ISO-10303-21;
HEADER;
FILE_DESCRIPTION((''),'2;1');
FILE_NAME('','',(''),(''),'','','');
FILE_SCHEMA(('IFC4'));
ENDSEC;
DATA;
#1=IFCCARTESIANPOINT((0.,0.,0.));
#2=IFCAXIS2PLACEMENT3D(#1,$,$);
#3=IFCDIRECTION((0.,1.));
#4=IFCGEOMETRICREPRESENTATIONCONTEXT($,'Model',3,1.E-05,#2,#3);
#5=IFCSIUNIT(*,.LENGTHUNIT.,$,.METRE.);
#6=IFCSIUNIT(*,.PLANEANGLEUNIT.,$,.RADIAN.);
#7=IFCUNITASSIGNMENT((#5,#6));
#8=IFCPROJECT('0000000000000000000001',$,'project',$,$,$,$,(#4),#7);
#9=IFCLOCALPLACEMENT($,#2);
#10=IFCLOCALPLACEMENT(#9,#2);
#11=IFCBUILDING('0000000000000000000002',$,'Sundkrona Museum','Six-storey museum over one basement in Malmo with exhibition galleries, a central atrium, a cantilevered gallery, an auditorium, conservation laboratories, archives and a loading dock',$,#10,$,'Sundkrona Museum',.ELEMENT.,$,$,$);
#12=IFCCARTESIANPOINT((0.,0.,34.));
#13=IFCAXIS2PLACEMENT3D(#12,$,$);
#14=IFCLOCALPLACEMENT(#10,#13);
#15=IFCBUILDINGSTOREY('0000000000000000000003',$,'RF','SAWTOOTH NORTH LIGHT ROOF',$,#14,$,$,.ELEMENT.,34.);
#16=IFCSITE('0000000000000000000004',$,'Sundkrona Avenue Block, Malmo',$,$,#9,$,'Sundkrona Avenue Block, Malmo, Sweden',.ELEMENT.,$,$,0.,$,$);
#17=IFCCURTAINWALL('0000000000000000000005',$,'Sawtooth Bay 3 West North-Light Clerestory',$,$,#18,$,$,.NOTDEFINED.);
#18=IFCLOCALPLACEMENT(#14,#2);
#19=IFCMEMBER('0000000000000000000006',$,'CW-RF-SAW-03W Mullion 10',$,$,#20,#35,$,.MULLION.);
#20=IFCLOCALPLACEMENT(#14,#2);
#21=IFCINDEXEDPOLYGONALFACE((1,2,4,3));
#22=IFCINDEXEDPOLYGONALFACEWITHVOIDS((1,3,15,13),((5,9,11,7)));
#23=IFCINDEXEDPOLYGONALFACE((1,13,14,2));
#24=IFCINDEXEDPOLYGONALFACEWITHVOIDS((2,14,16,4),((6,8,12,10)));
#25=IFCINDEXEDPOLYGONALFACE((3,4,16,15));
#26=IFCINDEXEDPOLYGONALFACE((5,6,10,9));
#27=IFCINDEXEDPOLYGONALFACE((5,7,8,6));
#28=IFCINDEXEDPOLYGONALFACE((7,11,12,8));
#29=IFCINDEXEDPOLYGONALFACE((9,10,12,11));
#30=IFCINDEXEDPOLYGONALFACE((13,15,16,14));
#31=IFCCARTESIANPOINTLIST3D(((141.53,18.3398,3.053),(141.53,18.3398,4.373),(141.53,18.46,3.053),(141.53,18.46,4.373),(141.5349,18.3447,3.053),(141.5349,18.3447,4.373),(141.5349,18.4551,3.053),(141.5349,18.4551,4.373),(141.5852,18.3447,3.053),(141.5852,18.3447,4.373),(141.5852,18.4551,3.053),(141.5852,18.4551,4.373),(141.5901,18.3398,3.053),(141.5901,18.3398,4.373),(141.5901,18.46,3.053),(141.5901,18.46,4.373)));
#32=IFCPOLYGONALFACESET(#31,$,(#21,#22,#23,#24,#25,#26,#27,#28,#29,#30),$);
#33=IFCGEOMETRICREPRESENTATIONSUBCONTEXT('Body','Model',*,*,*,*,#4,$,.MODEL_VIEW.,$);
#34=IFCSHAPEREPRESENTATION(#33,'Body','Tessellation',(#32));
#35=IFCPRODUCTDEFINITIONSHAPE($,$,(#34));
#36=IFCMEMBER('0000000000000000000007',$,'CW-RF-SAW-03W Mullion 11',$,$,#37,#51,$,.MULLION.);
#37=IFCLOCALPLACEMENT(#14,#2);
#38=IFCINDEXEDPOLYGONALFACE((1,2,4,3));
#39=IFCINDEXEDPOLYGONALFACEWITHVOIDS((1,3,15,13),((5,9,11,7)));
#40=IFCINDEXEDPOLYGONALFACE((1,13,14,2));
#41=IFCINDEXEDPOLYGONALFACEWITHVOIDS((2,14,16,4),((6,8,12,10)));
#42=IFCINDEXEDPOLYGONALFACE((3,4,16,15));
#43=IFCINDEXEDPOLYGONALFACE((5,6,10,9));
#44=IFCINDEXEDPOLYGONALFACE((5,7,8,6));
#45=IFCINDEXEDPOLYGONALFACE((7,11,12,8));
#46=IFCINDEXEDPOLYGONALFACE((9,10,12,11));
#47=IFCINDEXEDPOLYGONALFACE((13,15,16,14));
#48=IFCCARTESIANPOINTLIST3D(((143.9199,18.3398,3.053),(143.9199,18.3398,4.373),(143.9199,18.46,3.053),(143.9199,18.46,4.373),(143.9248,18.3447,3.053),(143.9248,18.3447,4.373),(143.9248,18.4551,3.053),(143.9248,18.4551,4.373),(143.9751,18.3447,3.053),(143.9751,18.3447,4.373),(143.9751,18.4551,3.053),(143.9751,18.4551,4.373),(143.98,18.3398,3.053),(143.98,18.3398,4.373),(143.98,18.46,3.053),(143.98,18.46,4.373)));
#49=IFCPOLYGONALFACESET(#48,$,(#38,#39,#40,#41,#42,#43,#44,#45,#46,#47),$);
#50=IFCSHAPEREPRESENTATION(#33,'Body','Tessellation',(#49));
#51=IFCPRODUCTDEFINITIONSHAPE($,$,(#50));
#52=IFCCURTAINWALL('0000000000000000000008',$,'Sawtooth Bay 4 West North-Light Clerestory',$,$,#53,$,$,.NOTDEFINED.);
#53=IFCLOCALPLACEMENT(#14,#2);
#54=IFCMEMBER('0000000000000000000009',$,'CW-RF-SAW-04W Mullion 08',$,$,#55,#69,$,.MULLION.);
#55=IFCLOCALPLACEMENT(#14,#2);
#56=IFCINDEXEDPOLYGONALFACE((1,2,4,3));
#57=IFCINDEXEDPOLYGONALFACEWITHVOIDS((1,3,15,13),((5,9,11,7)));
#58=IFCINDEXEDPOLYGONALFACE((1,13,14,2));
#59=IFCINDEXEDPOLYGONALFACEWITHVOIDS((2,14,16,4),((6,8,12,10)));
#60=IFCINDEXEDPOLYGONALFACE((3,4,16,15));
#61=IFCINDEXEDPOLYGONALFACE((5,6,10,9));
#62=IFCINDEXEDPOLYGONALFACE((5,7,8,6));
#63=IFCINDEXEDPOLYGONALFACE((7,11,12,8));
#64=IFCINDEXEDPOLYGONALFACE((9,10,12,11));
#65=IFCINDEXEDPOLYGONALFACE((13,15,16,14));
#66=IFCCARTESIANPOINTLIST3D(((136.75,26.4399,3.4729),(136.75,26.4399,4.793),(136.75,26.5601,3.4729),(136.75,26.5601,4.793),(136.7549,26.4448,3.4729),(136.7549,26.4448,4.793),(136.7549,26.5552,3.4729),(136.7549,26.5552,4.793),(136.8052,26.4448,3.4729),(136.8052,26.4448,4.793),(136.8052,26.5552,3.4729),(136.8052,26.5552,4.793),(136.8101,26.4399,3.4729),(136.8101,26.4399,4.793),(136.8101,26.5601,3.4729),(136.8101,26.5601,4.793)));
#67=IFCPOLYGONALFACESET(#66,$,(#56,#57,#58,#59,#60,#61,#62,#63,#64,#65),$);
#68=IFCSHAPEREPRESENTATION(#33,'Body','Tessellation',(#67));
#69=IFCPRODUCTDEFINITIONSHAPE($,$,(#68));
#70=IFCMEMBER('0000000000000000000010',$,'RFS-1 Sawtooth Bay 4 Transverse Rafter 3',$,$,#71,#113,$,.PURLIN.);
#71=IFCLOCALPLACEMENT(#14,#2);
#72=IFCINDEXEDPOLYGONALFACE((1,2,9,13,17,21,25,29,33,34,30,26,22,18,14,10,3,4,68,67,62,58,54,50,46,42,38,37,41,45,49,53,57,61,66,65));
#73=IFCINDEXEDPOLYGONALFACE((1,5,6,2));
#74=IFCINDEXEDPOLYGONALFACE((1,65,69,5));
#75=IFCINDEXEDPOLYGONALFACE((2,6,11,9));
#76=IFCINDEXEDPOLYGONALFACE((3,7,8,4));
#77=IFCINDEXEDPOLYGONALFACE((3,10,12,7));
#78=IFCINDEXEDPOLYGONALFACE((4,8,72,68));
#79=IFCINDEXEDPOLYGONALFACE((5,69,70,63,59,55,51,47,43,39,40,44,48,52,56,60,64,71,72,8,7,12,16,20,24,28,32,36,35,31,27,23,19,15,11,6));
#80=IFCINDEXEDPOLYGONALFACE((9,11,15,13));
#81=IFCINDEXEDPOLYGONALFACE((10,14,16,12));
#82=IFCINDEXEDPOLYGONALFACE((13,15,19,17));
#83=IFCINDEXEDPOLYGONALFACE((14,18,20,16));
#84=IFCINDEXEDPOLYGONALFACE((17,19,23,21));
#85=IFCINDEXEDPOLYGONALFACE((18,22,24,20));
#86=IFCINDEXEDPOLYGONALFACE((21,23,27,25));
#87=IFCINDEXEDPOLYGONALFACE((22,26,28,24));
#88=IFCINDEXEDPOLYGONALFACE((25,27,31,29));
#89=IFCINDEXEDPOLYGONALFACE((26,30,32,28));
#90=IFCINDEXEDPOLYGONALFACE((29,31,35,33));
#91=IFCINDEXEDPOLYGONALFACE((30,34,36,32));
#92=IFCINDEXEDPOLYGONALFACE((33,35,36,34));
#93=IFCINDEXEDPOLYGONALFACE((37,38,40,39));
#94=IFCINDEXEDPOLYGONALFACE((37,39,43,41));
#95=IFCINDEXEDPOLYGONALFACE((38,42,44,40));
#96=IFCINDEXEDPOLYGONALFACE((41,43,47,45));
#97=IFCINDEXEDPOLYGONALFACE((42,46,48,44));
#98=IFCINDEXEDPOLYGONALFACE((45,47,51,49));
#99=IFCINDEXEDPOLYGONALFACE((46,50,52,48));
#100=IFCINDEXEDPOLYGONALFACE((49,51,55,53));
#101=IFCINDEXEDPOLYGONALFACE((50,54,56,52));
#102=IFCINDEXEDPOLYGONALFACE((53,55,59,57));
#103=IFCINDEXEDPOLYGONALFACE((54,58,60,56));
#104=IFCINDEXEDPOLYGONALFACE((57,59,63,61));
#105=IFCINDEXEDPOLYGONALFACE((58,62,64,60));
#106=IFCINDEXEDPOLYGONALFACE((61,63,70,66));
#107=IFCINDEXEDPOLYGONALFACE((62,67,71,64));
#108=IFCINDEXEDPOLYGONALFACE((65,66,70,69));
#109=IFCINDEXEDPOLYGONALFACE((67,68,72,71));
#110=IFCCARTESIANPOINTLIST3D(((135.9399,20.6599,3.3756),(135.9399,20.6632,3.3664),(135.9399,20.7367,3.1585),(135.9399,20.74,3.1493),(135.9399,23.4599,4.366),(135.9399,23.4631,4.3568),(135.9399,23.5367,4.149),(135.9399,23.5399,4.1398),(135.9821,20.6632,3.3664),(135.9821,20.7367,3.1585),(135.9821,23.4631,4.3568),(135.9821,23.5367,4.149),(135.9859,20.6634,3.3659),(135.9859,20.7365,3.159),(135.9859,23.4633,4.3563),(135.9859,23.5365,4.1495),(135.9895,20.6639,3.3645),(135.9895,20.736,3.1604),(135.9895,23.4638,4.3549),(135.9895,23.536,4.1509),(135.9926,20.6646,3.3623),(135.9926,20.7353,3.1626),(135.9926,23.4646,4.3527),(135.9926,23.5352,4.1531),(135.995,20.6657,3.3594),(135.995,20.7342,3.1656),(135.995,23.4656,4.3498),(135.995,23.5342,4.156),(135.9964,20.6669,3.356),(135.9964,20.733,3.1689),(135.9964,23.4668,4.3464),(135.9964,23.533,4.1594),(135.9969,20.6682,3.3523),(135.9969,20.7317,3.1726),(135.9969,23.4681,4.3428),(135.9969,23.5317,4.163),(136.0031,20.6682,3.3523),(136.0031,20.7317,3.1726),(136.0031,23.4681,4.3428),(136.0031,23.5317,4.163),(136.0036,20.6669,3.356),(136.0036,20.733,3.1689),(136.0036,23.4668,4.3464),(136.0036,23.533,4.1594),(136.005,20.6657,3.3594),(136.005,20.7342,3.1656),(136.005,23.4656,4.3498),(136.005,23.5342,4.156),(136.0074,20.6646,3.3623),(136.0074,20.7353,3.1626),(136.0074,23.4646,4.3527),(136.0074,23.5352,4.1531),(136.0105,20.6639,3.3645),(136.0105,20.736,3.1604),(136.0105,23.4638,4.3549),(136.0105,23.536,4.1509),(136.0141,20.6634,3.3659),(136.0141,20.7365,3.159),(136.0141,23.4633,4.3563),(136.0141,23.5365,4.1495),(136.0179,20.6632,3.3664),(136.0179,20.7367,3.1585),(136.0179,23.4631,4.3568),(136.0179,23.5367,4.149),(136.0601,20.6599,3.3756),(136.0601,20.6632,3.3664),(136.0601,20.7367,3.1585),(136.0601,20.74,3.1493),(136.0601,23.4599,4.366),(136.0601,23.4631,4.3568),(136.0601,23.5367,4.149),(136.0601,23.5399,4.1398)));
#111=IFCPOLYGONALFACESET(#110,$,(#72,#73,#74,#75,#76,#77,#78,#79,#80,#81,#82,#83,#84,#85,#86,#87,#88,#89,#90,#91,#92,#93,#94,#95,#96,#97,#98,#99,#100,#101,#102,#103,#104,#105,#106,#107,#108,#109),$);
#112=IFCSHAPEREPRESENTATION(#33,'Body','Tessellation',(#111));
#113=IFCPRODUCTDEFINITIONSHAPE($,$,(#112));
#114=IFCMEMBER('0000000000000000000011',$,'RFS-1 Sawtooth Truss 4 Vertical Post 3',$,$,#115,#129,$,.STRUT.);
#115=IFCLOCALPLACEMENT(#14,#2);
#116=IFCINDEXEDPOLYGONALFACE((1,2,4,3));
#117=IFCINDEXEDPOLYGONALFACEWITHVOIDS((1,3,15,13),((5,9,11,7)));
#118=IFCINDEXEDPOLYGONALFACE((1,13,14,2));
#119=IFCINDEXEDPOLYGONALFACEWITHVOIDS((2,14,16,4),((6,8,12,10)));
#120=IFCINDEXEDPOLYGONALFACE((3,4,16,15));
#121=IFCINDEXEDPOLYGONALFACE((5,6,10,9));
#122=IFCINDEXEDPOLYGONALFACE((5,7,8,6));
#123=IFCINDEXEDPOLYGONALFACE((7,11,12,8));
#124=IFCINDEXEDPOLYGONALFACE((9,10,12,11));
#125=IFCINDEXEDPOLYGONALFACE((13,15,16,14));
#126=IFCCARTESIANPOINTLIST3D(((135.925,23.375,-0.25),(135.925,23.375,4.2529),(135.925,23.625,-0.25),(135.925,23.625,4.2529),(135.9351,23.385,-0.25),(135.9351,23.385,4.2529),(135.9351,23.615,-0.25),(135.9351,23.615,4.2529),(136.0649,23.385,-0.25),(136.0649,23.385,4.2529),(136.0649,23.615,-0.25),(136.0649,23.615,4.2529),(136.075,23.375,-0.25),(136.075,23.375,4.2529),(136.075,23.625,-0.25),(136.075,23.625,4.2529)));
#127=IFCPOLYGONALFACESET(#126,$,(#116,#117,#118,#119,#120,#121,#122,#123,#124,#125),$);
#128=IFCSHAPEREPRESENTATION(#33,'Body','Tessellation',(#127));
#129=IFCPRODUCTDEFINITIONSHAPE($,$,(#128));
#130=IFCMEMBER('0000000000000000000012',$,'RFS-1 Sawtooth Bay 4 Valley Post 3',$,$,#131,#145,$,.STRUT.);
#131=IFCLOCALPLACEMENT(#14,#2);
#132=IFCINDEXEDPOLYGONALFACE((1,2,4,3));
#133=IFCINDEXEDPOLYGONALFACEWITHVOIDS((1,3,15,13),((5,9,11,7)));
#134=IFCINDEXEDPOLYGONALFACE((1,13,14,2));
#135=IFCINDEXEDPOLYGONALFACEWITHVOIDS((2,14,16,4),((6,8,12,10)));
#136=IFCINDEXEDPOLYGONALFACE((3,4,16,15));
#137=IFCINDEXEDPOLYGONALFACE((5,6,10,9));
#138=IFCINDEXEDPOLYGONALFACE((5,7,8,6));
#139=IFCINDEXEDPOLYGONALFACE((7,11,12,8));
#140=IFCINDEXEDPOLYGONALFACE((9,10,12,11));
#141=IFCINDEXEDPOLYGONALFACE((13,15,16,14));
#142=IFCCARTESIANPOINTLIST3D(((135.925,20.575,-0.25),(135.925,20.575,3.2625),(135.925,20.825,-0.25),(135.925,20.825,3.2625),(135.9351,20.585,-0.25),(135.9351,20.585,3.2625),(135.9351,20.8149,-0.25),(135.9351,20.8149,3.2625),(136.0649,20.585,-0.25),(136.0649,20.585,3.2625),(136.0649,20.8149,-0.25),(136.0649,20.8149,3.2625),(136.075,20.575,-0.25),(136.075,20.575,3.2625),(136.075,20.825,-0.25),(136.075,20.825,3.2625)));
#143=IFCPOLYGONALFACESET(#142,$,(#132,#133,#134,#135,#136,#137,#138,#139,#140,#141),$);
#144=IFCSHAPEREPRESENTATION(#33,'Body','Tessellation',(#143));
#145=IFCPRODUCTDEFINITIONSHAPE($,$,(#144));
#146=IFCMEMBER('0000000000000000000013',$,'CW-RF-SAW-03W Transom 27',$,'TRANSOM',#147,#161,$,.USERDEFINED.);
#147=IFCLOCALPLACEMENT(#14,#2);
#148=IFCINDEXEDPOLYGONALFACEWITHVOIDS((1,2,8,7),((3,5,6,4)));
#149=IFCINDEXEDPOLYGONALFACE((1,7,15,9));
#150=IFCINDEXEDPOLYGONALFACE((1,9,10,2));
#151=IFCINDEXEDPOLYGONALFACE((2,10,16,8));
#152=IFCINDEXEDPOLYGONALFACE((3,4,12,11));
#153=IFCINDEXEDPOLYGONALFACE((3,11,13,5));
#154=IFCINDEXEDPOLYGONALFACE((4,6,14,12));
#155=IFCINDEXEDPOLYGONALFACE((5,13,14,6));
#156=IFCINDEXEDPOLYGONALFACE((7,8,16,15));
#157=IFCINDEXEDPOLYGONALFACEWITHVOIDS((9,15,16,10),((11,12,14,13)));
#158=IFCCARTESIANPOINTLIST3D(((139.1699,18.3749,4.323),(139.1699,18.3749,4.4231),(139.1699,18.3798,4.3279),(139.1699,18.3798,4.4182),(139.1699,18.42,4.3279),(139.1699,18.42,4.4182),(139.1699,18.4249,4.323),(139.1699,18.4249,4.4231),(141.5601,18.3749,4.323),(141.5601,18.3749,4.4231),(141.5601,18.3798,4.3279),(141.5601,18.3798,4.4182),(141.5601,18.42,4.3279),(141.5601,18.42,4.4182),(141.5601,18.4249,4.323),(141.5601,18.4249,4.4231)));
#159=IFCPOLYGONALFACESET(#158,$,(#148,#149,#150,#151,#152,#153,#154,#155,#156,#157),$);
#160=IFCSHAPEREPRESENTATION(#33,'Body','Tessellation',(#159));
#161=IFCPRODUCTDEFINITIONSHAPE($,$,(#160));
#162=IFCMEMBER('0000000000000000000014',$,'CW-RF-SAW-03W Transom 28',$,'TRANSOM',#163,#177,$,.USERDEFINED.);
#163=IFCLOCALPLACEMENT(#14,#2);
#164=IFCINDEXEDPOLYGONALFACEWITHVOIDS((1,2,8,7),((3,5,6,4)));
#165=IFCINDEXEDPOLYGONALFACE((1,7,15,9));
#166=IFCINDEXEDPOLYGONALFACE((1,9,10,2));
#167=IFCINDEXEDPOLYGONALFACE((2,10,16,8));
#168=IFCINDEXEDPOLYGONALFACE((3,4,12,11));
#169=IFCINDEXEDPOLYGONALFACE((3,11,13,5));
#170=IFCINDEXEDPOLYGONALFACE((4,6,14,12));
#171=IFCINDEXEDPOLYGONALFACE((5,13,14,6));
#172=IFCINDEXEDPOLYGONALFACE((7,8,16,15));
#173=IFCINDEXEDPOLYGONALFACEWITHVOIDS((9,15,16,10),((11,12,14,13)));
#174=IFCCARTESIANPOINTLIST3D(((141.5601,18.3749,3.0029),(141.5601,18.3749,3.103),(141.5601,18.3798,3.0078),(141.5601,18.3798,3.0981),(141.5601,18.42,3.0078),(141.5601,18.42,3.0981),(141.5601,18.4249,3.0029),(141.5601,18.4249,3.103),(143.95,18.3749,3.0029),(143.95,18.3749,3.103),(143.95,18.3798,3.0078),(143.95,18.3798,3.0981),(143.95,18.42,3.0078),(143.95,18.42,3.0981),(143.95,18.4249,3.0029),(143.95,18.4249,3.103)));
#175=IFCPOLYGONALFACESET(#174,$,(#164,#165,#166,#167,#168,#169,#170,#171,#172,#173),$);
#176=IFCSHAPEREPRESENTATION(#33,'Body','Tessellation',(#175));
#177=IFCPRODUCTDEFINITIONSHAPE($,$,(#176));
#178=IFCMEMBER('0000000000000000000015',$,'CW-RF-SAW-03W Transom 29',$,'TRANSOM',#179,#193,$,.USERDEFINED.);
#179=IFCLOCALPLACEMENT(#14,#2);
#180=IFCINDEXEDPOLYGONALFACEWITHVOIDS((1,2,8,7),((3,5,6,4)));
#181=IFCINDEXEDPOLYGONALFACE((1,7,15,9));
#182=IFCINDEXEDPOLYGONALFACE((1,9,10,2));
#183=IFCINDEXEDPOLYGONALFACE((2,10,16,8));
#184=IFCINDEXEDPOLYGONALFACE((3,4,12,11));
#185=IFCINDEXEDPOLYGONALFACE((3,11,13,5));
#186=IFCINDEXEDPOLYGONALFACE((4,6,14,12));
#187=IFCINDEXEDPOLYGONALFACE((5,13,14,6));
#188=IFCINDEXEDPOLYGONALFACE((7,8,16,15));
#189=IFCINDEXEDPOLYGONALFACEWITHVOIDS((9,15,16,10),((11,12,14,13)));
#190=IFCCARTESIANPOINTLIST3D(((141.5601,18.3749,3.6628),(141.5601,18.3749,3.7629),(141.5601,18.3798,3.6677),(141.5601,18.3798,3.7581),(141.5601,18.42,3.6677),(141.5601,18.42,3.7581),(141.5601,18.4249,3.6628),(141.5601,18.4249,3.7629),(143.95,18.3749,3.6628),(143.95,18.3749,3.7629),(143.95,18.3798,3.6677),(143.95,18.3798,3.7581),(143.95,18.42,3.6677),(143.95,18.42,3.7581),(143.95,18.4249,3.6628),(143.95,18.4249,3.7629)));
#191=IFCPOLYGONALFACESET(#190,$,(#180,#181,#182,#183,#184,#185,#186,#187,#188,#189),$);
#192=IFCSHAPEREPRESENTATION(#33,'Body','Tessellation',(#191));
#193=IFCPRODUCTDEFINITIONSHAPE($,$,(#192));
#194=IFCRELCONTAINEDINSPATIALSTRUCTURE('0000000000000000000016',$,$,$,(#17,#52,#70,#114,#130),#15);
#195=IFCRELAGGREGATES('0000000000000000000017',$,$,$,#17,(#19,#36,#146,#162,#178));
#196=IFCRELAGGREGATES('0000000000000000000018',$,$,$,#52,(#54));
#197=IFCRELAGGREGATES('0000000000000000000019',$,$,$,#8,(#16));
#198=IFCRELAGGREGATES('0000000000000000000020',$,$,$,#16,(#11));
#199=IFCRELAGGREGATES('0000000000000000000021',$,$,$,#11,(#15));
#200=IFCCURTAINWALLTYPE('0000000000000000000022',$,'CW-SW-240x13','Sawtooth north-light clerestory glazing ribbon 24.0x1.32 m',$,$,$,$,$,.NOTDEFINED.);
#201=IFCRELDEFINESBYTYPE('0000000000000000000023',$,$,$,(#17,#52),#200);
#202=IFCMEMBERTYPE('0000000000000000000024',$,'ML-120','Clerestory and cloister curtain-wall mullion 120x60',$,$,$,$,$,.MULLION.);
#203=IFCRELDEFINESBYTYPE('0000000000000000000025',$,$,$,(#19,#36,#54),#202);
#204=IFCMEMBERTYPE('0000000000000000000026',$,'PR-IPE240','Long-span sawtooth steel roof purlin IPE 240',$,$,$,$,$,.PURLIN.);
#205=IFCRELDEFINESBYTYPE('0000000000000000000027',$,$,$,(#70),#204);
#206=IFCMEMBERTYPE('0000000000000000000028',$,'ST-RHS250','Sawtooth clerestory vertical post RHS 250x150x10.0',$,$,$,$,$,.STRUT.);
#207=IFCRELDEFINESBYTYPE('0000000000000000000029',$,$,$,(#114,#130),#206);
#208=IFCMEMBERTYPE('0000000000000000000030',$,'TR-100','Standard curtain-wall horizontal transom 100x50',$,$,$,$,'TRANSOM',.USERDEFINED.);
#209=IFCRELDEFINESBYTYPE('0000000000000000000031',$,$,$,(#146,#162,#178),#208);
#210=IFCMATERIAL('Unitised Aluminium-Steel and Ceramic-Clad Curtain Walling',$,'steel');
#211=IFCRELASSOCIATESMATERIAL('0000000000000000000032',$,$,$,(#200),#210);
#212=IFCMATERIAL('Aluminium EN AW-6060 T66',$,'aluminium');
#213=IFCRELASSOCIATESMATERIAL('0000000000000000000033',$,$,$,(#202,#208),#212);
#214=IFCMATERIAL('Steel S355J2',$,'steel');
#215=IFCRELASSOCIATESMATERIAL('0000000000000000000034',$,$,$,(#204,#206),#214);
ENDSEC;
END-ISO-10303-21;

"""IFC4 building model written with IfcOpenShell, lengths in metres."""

from ifc_helpers import new_model, si_unit, direction, frame, origin, origin_2d, place, context, subcontext, project, spatial, hollow_rectangle, i_section, extrude, material, material_profile, profile_set, type_object, element, aggregate, save


model = new_model("IFC4")

# Units and contexts
model_context = context("Model", 3, precision=1e-05, world=origin(), true_north=direction((0.0, 1.0)))
body_context = subcontext(model_context, "Body", "Model", "MODEL_VIEW")
ifc_project = project(units=[si_unit("LENGTHUNIT", "METRE"), si_unit("PLANEANGLEUNIT", "RADIAN")], contexts=[model_context])

# Site, building, storey
site_placement = place(None, origin())
site = spatial("IfcSite", under=ifc_project, at=site_placement, Name="Sundkrona Avenue Block, Malmo", LongName="Sundkrona Avenue Block, Malmo, Sweden", CompositionType="ELEMENT", RefElevation=0.0)
building_placement = place(site_placement, origin())
building = spatial("IfcBuilding", under=site, at=building_placement, Name="Sundkrona Museum", Description="Six-storey museum over one basement in Malmo with exhibition galleries, a central atrium, a cantilevered gallery, an auditorium, conservation laboratories, archives and a loading dock", LongName="Sundkrona Museum", CompositionType="ELEMENT")
storey_placement = place(building_placement, frame((0.0, 0.0, 34.0)))
storey = spatial("IfcBuildingStorey", under=building, at=storey_placement, Name="RF", Description="SAWTOOTH NORTH LIGHT ROOF", CompositionType="ELEMENT", Elevation=34.0)

# Curtain wall, members
ifc_material_1 = material(Name="Unitised Aluminium-Steel and Ceramic-Clad Curtain Walling", Category="steel")
curtain_wall_type = type_object("IfcCurtainWallType", Name="CW-SW-240x13", Description="Sawtooth north-light clerestory glazing ribbon 24.0x1.32 m", PredefinedType="NOTDEFINED", material=ifc_material_1)
curtain_wall_1_placement = place(storey_placement, origin())
curtain_wall_1 = element("IfcCurtainWall", 1, at=curtain_wall_1_placement, inside=storey, type_object=curtain_wall_type, Name="Sawtooth Bay 3 West North-Light Clerestory", PredefinedType="NOTDEFINED")
ifc_material_2 = material(Name="Aluminium EN AW-6060 T66", Category="aluminium")
ifc_material_profile_1 = material_profile(ifc_material_2, hollow_rectangle(XDim=0.0601, YDim=0.1201, WallThickness=0.0049, at=origin_2d()), Name="RHS 120x60x5.0")
ifc_profile_set_1 = profile_set([ifc_material_profile_1], Name="Aluminium EN AW-6060 T66")
member_type_1 = type_object("IfcMemberType", Name="ML-120", Description="Clerestory and cloister curtain-wall mullion 120x60", PredefinedType="MULLION", material=ifc_profile_set_1)
member_1_placement = place(storey_placement, frame((141.5601, 18.3999, 3.053), z_axis=(0.0, 0.0, 1.0), x_axis=(1.0, 0.0, 0.0)))
member_1 = element("IfcMember", 2, at=member_1_placement, type_object=member_type_1, Name="CW-RF-SAW-03W Mullion 10", PredefinedType="MULLION", context=body_context, shape_type="SweptSolid", body=[
    extrude(hollow_rectangle(XDim=0.0601, YDim=0.1201, WallThickness=0.0049, at=origin_2d()), origin(), (0.0, 0.0, 1.0), 1.3201),
])
member_2_placement = place(storey_placement, frame((143.95, 18.3999, 3.053), z_axis=(0.0, 0.0, 1.0), x_axis=(1.0, 0.0, 0.0)))
member_2 = element("IfcMember", 3, at=member_2_placement, type_object=member_type_1, Name="CW-RF-SAW-03W Mullion 11", PredefinedType="MULLION", context=body_context, shape_type="SweptSolid", body=[
    extrude(hollow_rectangle(XDim=0.0601, YDim=0.1201, WallThickness=0.0049, at=origin_2d()), origin(), (0.0, 0.0, 1.0), 1.3201),
])

# Curtain wall, member
curtain_wall_2_placement = place(storey_placement, origin())
curtain_wall_2 = element("IfcCurtainWall", 4, at=curtain_wall_2_placement, inside=storey, type_object=curtain_wall_type, Name="Sawtooth Bay 4 West North-Light Clerestory", PredefinedType="NOTDEFINED")
member_3_placement = place(storey_placement, frame((136.78, 26.5, 3.4729), z_axis=(0.0, 0.0, 1.0), x_axis=(1.0, 0.0, 0.0)))
member_3 = element("IfcMember", 5, at=member_3_placement, type_object=member_type_1, Name="CW-RF-SAW-04W Mullion 08", PredefinedType="MULLION", context=body_context, shape_type="SweptSolid", body=[
    extrude(hollow_rectangle(XDim=0.0601, YDim=0.1201, WallThickness=0.0049, at=origin_2d()), origin(), (0.0, 0.0, 1.0), 1.3201),
])

# Members
ifc_material_3 = material(Name="Steel S355J2", Category="steel")
ifc_material_profile_2 = material_profile(ifc_material_3, i_section(OverallWidth=0.1201, OverallDepth=0.24, WebThickness=0.0061, FlangeThickness=0.0098, FilletRadius=0.0149, at=origin_2d()), Name="IPE 240")
ifc_profile_set_2 = profile_set([ifc_material_profile_2], Name="Steel S355J2")
member_type_2 = type_object("IfcMemberType", Name="PR-IPE240", Description="Long-span sawtooth steel roof purlin IPE 240", PredefinedType="PURLIN", material=ifc_profile_set_2)
member_4_placement = place(storey_placement, frame((136.0, 20.7, 3.2625), z_axis=(0.0, 0.942755, 0.333486), x_axis=(-1.0, 0.0, 0.0)))
element("IfcMember", 6, at=member_4_placement, inside=storey, type_object=member_type_2, Name="RFS-1 Sawtooth Bay 4 Transverse Rafter 3", PredefinedType="PURLIN", context=body_context, shape_type="SweptSolid", body=[
    extrude(i_section(OverallWidth=0.1201, OverallDepth=0.24, WebThickness=0.0061, FlangeThickness=0.0098, FilletRadius=0.0149, at=origin_2d()), origin(), (0.0, 0.0, 1.0), 2.97),
])
ifc_material_profile_3 = material_profile(ifc_material_3, hollow_rectangle(XDim=0.1499, YDim=0.25, WallThickness=0.01, at=origin_2d()), Name="RHS 250x150x10.0")
ifc_profile_set_3 = profile_set([ifc_material_profile_3], Name="Steel S355J2")
member_type_3 = type_object("IfcMemberType", Name="ST-RHS250", Description="Sawtooth clerestory vertical post RHS 250x150x10.0", PredefinedType="STRUT", material=ifc_profile_set_3)
member_5_placement = place(storey_placement, frame((136.0, 23.5, -0.25), z_axis=(0.0, 0.0, 1.0), x_axis=(1.0, 0.0, 0.0)))
element("IfcMember", 7, at=member_5_placement, inside=storey, type_object=member_type_3, Name="RFS-1 Sawtooth Truss 4 Vertical Post 3", PredefinedType="STRUT", context=body_context, shape_type="SweptSolid", body=[
    extrude(hollow_rectangle(XDim=0.1499, YDim=0.25, WallThickness=0.01, at=origin_2d()), origin(), (0.0, 0.0, 1.0), 4.5029),
])
member_6_placement = place(storey_placement, frame((136.0, 20.7, -0.25), z_axis=(0.0, 0.0, 1.0), x_axis=(1.0, 0.0, 0.0)))
element("IfcMember", 8, at=member_6_placement, inside=storey, type_object=member_type_3, Name="RFS-1 Sawtooth Bay 4 Valley Post 3", PredefinedType="STRUT", context=body_context, shape_type="SweptSolid", body=[
    extrude(hollow_rectangle(XDim=0.1499, YDim=0.25, WallThickness=0.01, at=origin_2d()), origin(), (0.0, 0.0, 1.0), 3.5125),
])

# Members
ifc_material_profile_4 = material_profile(ifc_material_2, hollow_rectangle(XDim=0.05, YDim=0.1001, WallThickness=0.0049, at=origin_2d()), Name="RHS 100x50x5.0")
ifc_profile_set_4 = profile_set([ifc_material_profile_4], Name="Aluminium EN AW-6060 T66")
member_type_4 = type_object("IfcMemberType", Name="TR-100", Description="Standard curtain-wall horizontal transom 100x50", ElementType="TRANSOM", PredefinedType="USERDEFINED", material=ifc_profile_set_4)
member_7_placement = place(storey_placement, frame((139.1699, 18.3999, 4.373), z_axis=(1.0, 0.0, 0.0), x_axis=(0.0, 1.0, 0.0)))
member_7 = element("IfcMember", 9, at=member_7_placement, type_object=member_type_4, Name="CW-RF-SAW-03W Transom 27", ObjectType="TRANSOM", PredefinedType="USERDEFINED", context=body_context, shape_type="SweptSolid", body=[
    extrude(hollow_rectangle(XDim=0.05, YDim=0.1001, WallThickness=0.0049, at=origin_2d()), origin(), (0.0, 0.0, 1.0), 2.3901),
])
member_8_placement = place(storey_placement, frame((141.5601, 18.3999, 3.053), z_axis=(1.0, 0.0, 0.0), x_axis=(0.0, 1.0, 0.0)))
member_8 = element("IfcMember", 10, at=member_8_placement, type_object=member_type_4, Name="CW-RF-SAW-03W Transom 28", ObjectType="TRANSOM", PredefinedType="USERDEFINED", context=body_context, shape_type="SweptSolid", body=[
    extrude(hollow_rectangle(XDim=0.05, YDim=0.1001, WallThickness=0.0049, at=origin_2d()), origin(), (0.0, 0.0, 1.0), 2.3899),
])
member_9_placement = place(storey_placement, frame((141.5601, 18.3999, 3.7129), z_axis=(1.0, 0.0, 0.0), x_axis=(0.0, 1.0, 0.0)))
member_9 = element("IfcMember", 11, at=member_9_placement, type_object=member_type_4, Name="CW-RF-SAW-03W Transom 29", ObjectType="TRANSOM", PredefinedType="USERDEFINED", context=body_context, shape_type="SweptSolid", body=[
    extrude(hollow_rectangle(XDim=0.05, YDim=0.1001, WallThickness=0.0049, at=origin_2d()), origin(), (0.0, 0.0, 1.0), 2.3899),
])

aggregate(curtain_wall_1, [member_1, member_2, member_7, member_8, member_9])
aggregate(curtain_wall_2, [member_3])

save(model, "model.ifc")
